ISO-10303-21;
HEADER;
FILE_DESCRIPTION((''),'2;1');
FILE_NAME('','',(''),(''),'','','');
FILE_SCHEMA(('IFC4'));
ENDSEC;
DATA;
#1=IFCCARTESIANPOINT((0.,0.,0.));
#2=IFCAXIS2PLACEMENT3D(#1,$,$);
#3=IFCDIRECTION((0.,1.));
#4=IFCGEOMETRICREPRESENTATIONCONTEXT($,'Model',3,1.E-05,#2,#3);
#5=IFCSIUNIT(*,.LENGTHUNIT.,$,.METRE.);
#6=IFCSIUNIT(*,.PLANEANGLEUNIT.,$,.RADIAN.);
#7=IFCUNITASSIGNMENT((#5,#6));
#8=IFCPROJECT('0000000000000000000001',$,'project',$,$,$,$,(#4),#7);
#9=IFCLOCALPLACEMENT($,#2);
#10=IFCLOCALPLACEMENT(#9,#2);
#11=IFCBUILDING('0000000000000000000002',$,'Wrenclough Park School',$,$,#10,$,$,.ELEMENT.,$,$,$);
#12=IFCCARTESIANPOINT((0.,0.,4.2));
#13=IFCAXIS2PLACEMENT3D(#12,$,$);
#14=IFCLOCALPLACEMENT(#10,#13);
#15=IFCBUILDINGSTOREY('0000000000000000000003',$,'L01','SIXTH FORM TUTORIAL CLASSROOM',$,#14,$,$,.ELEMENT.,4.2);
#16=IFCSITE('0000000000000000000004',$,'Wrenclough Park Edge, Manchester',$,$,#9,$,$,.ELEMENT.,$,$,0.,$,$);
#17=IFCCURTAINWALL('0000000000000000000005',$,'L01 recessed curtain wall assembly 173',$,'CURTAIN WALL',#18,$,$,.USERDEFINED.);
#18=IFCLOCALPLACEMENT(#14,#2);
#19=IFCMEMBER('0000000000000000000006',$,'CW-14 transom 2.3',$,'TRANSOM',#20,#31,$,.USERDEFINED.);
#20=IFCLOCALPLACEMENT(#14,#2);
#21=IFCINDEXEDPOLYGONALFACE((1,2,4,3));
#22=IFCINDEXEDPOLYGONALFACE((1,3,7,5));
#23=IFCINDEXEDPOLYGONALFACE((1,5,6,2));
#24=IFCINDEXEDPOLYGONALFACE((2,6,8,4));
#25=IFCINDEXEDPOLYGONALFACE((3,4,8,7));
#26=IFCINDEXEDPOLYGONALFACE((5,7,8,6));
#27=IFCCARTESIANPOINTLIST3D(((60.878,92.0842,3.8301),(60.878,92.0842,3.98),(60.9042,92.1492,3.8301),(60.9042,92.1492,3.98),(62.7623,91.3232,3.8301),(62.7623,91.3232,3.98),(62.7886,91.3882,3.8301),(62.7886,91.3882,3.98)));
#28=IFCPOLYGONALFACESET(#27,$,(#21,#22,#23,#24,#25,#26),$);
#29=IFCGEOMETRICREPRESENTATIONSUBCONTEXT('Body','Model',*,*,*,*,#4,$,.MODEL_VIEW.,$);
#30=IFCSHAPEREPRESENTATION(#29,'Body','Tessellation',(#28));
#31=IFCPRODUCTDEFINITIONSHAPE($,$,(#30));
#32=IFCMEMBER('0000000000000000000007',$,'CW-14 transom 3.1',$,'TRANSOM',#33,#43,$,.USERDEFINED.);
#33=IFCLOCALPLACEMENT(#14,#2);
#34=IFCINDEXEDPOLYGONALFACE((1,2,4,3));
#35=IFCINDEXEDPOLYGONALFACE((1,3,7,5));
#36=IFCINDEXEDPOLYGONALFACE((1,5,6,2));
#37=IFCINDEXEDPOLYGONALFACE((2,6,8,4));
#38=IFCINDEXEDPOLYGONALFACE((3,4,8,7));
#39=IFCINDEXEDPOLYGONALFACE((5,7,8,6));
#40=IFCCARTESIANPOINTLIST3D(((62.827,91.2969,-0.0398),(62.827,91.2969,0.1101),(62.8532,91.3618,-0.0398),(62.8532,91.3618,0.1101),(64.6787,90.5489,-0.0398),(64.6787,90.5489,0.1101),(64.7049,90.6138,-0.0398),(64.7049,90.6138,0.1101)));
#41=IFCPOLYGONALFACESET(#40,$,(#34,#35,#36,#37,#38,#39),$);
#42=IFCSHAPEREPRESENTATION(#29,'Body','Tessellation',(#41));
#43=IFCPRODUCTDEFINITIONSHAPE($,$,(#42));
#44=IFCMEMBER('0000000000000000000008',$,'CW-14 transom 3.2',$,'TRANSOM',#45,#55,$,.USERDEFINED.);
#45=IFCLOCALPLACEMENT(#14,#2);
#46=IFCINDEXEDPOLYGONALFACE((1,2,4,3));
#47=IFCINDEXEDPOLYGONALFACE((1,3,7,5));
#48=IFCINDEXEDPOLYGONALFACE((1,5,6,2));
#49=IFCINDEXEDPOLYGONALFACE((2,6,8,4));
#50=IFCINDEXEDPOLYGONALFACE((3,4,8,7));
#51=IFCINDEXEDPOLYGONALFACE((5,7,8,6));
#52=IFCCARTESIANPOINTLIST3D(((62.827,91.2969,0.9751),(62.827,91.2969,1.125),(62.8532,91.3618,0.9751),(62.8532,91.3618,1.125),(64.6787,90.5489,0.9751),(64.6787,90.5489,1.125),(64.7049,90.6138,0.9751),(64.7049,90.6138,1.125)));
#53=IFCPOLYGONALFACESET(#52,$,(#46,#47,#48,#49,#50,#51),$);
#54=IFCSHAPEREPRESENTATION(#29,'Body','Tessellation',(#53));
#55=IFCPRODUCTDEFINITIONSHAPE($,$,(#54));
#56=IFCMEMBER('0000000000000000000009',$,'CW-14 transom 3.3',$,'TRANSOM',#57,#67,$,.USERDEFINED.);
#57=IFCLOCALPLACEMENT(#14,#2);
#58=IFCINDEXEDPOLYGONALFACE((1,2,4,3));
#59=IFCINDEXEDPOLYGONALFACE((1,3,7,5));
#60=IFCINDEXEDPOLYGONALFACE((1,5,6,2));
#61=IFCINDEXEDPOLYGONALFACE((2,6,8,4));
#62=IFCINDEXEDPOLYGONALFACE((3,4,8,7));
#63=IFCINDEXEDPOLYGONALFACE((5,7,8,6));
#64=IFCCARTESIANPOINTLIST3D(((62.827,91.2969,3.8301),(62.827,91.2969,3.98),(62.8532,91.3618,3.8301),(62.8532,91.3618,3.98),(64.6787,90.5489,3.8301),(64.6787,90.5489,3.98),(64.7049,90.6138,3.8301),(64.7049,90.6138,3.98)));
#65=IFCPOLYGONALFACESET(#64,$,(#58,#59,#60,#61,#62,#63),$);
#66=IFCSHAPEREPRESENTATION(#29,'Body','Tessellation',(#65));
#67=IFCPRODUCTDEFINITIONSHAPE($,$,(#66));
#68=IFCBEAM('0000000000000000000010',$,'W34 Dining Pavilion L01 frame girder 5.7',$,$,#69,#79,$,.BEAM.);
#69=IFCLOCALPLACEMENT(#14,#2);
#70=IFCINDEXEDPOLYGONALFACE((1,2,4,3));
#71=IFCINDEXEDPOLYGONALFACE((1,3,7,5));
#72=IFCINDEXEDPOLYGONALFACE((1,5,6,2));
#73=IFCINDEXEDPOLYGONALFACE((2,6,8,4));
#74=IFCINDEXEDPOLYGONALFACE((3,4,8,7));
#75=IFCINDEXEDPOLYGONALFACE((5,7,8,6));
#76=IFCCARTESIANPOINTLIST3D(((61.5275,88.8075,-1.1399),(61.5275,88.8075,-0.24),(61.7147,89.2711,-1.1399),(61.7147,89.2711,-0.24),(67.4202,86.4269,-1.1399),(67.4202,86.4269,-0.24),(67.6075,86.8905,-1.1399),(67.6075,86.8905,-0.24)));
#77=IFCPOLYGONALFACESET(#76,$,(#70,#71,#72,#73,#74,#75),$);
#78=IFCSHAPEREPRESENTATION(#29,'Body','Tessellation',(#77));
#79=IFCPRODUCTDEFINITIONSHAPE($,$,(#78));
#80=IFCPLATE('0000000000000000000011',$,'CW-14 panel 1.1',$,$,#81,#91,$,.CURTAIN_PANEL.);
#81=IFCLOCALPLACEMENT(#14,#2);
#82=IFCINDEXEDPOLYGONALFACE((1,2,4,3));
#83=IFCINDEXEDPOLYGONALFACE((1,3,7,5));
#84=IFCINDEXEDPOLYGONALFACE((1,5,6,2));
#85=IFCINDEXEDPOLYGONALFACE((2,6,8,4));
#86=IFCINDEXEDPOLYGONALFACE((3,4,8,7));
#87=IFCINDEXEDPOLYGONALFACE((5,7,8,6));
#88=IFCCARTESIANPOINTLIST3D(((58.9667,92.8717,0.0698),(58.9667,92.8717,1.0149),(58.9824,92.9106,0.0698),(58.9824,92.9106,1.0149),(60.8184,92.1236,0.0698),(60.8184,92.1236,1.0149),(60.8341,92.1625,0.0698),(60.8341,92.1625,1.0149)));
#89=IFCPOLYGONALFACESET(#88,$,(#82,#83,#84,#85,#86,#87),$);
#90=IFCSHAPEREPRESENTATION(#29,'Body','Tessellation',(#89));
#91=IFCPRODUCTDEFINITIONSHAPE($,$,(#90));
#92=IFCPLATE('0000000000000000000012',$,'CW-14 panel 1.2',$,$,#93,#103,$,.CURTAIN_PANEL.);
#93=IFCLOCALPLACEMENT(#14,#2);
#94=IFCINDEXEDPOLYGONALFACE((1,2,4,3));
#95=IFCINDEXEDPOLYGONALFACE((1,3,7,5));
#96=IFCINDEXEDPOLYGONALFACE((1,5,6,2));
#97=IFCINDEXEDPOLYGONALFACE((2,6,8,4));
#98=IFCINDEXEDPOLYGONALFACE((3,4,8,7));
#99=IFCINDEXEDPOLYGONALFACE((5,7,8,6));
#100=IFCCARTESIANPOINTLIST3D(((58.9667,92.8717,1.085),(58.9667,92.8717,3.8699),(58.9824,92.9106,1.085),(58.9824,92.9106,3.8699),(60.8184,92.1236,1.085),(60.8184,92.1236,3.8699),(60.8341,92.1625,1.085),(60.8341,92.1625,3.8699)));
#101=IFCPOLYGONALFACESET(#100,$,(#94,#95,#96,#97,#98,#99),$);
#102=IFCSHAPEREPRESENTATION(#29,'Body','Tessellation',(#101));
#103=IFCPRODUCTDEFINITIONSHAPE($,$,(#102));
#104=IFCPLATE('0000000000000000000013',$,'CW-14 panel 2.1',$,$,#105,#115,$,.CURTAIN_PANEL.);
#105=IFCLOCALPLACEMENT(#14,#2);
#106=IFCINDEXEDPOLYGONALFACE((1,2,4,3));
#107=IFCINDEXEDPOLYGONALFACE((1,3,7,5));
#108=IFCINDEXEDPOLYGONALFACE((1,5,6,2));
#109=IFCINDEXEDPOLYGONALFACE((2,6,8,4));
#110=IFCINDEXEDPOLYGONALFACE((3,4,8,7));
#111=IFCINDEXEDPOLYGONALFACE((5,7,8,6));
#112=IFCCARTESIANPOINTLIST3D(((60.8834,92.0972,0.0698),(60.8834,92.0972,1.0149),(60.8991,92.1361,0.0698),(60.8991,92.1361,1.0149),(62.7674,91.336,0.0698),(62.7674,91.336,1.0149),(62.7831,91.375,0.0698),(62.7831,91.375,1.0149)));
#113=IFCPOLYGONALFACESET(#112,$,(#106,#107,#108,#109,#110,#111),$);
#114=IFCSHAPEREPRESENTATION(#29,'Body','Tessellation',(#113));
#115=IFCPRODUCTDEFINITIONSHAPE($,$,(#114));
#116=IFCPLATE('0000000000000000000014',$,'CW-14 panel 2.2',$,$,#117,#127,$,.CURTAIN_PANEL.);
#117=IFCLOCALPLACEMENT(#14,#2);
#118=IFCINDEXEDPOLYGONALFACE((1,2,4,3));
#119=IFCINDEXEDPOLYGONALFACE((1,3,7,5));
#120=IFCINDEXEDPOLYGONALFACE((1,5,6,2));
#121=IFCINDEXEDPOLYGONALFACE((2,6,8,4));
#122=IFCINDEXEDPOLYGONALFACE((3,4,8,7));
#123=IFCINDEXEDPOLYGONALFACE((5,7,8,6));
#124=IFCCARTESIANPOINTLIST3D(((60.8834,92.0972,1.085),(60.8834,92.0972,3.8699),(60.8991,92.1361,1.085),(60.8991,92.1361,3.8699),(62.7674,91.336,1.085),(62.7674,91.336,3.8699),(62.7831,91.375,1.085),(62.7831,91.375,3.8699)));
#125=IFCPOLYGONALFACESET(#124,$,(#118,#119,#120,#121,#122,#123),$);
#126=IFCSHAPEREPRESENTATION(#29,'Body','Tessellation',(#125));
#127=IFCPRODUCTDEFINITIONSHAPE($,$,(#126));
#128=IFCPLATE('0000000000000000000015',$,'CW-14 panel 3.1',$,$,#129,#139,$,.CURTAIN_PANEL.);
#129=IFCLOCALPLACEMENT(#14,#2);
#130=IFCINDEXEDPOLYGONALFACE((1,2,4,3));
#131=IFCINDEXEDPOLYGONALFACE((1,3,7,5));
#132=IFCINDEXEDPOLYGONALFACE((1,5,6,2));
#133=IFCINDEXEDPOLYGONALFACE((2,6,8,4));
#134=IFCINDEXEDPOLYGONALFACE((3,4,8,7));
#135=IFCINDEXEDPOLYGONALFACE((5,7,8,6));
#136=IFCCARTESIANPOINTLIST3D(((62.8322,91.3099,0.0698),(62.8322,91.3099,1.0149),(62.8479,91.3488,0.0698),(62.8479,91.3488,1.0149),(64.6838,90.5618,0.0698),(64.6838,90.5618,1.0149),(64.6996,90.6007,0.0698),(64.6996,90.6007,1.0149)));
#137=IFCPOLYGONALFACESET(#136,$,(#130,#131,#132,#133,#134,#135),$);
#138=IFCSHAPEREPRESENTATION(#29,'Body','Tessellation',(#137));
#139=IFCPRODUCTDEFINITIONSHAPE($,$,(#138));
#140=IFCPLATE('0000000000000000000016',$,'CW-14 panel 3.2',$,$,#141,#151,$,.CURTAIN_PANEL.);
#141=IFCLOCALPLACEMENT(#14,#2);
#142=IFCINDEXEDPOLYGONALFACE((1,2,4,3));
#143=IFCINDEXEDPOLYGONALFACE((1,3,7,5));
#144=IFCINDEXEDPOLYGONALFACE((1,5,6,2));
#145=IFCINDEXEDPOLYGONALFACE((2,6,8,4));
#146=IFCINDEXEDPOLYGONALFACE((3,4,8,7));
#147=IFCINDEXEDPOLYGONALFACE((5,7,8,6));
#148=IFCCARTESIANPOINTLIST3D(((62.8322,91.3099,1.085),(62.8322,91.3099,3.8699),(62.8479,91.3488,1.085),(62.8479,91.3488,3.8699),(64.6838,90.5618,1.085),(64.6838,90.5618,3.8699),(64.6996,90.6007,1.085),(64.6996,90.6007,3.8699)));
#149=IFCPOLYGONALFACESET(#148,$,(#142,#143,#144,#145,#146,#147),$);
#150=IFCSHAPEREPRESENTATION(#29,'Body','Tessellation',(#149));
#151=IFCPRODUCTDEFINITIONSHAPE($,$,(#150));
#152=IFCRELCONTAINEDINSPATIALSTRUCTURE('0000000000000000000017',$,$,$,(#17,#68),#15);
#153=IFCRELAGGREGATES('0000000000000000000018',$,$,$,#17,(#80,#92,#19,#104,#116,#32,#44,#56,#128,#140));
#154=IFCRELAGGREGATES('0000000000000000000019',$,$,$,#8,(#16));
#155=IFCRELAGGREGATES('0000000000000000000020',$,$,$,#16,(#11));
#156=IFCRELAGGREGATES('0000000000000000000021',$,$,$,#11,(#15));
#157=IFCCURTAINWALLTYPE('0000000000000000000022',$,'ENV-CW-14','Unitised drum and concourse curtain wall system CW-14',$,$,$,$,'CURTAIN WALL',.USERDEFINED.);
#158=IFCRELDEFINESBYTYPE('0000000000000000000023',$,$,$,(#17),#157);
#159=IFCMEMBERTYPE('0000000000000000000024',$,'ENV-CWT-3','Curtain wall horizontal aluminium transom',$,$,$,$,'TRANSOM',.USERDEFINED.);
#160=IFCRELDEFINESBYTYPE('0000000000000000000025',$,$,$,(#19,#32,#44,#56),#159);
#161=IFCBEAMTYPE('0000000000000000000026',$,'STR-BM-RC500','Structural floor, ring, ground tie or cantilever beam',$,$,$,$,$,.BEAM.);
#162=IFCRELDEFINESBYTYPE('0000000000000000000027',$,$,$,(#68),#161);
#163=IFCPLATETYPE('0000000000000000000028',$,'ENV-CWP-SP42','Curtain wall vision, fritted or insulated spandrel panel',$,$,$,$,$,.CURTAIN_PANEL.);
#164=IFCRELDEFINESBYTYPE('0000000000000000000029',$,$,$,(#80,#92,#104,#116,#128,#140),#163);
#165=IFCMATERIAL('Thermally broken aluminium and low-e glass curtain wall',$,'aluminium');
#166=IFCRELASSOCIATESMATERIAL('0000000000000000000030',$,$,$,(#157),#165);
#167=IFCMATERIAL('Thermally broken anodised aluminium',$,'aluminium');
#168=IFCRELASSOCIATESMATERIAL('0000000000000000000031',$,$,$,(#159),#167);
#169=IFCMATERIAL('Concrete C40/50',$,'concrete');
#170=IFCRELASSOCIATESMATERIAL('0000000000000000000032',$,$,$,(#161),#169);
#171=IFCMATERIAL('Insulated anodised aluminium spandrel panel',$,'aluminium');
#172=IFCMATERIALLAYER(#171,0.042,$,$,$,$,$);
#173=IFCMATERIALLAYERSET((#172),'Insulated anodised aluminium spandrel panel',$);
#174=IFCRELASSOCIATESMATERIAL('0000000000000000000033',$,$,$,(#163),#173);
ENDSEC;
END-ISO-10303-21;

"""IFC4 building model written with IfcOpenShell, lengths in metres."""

from ifc_helpers import new_model, si_unit, direction, frame, origin, origin_2d, place, context, subcontext, project, spatial, rectangle, extrude, material, layer, layer_set, material_profile, profile_set, type_object, element, aggregate, save


model = new_model("IFC4")

# Units and contexts
model_context = context("Model", 3, precision=1e-05, world=origin(), true_north=direction((0.0, 1.0)))
body_context = subcontext(model_context, "Body", "Model", "MODEL_VIEW")
ifc_project = project(units=[si_unit("LENGTHUNIT", "METRE"), si_unit("PLANEANGLEUNIT", "RADIAN")], contexts=[model_context])

# Site, building, storey
site_placement = place(None, origin())
site = spatial("IfcSite", under=ifc_project, at=site_placement, Name="Wrenclough Park Edge, Manchester", CompositionType="ELEMENT", RefElevation=0.0)
building_placement = place(site_placement, origin())
building = spatial("IfcBuilding", under=site, at=building_placement, Name="Wrenclough Park School", CompositionType="ELEMENT")
storey_placement = place(building_placement, frame((0.0, 0.0, 4.2)))
storey = spatial("IfcBuildingStorey", under=building, at=storey_placement, Name="L01", Description="SIXTH FORM TUTORIAL CLASSROOM", CompositionType="ELEMENT", Elevation=4.2)

# Curtain wall, members
ifc_material_1 = material(Name="Thermally broken aluminium and low-e glass curtain wall", Category="aluminium")
curtain_wall_type = type_object("IfcCurtainWallType", Name="ENV-CW-14", Description="Unitised drum and concourse curtain wall system CW-14", ElementType="CURTAIN WALL", PredefinedType="USERDEFINED", material=ifc_material_1)
curtain_wall_placement = place(storey_placement, origin())
curtain_wall = element("IfcCurtainWall", 1, at=curtain_wall_placement, inside=storey, type_object=curtain_wall_type, Name="L01 recessed curtain wall assembly 173", ObjectType="CURTAIN WALL", PredefinedType="USERDEFINED")
ifc_material_2 = material(Name="Thermally broken anodised aluminium", Category="aluminium")
ifc_material_profile_1 = material_profile(ifc_material_2, rectangle(XDim=0.0701, YDim=0.1499, at=origin_2d()), Name="AL TRANSOM 70x150")
ifc_profile_set_1 = profile_set([ifc_material_profile_1], Name="Thermally broken anodised aluminium")
member_type_1 = type_object("IfcMemberType", Name="ENV-CWT-3", Description="Curtain wall horizontal aluminium transom", ElementType="TRANSOM", PredefinedType="USERDEFINED", material=ifc_profile_set_1)
member_1_placement = place(storey_placement, frame((60.8911, 92.1167, 3.905), z_axis=(0.927237, -0.374475, 0.0), x_axis=(0.374475, 0.927237, 0.0)))
member_1 = element("IfcMember", 2, at=member_1_placement, type_object=member_type_1, Name="CW-14 transom 2.3", ObjectType="TRANSOM", PredefinedType="USERDEFINED", context=body_context, shape_type="SweptSolid", body=[
    extrude(rectangle(XDim=0.0701, YDim=0.1499, at=origin_2d()), origin(), (0.0, 0.0, 1.0), 2.0322),
])
member_2_placement = place(storey_placement, frame((62.8401, 91.3293, 0.0352), z_axis=(0.927207, -0.37455, 0.0), x_axis=(0.37455, 0.927207, 0.0)))
member_2 = element("IfcMember", 3, at=member_2_placement, type_object=member_type_1, Name="CW-14 transom 3.1", ObjectType="TRANSOM", PredefinedType="USERDEFINED", context=body_context, shape_type="SweptSolid", body=[
    extrude(rectangle(XDim=0.0701, YDim=0.1499, at=origin_2d()), origin(), (0.0, 0.0, 1.0), 1.9971),
])
member_3_placement = place(storey_placement, frame((62.8401, 91.3293, 1.05), z_axis=(0.927207, -0.37455, 0.0), x_axis=(0.37455, 0.927207, 0.0)))
member_3 = element("IfcMember", 4, at=member_3_placement, type_object=member_type_1, Name="CW-14 transom 3.2", ObjectType="TRANSOM", PredefinedType="USERDEFINED", context=body_context, shape_type="SweptSolid", body=[
    extrude(rectangle(XDim=0.0701, YDim=0.1499, at=origin_2d()), origin(), (0.0, 0.0, 1.0), 1.9971),
])
member_4_placement = place(storey_placement, frame((62.8401, 91.3293, 3.905), z_axis=(0.927207, -0.37455, 0.0), x_axis=(0.37455, 0.927207, 0.0)))
member_4 = element("IfcMember", 5, at=member_4_placement, type_object=member_type_1, Name="CW-14 transom 3.3", ObjectType="TRANSOM", PredefinedType="USERDEFINED", context=body_context, shape_type="SweptSolid", body=[
    extrude(rectangle(XDim=0.0701, YDim=0.1499, at=origin_2d()), origin(), (0.0, 0.0, 1.0), 1.9971),
])

# Beam
ifc_material_3 = material(Name="Concrete C40/50", Category="concrete")
ifc_material_profile_2 = material_profile(ifc_material_3, rectangle(XDim=0.5, YDim=0.8999, at=origin_2d()), Name="RC BEAM 500x900")
ifc_profile_set_2 = profile_set([ifc_material_profile_2], Name="Concrete C40/50")
beam_type = type_object("IfcBeamType", Name="STR-BM-RC500", Description="Structural floor, ring, ground tie or cantilever beam", PredefinedType="BEAM", material=ifc_profile_set_2)
beam_placement = place(storey_placement, frame((61.6211, 89.0393, -0.6899), z_axis=(0.927197, -0.374574, 0.0), x_axis=(0.374574, 0.927197, 0.0)))
element("IfcBeam", 6, at=beam_placement, inside=storey, type_object=beam_type, Name="W34 Dining Pavilion L01 frame girder 5.7", PredefinedType="BEAM", context=body_context, shape_type="SweptSolid", body=[
    extrude(rectangle(XDim=0.5, YDim=0.8999, at=origin_2d()), origin(), (0.0, 0.0, 1.0), 6.3555),
])

# Plates
ifc_material_4 = material(Name="Insulated anodised aluminium spandrel panel", Category="aluminium")
ifc_layer_1 = layer(ifc_material_4, 0.042)
ifc_layer_set_1 = layer_set([ifc_layer_1], Name="Insulated anodised aluminium spandrel panel")
plate_type = type_object("IfcPlateType", Name="ENV-CWP-SP42", Description="Curtain wall vision, fritted or insulated spandrel panel", PredefinedType="CURTAIN_PANEL", material=ifc_layer_set_1)
plate_1_placement = place(storey_placement, frame((59.9004, 92.5171, 0.0698), z_axis=(0.0, 0.0, 1.0), x_axis=(0.927189, -0.374593, 0.0)))
plate_1 = element("IfcPlate", 7, at=plate_1_placement, type_object=plate_type, Name="CW-14 panel 1.1", PredefinedType="CURTAIN_PANEL", context=body_context, shape_type="SweptSolid", body=[
    extrude(rectangle(XDim=1.9971, YDim=0.042, at=origin_2d()), origin(), (0.0, 0.0, 1.0), 0.9451),
])
plate_2_placement = place(storey_placement, frame((59.9004, 92.5171, 1.085), z_axis=(0.0, 0.0, 1.0), x_axis=(0.927189, -0.374593, 0.0)))
plate_2 = element("IfcPlate", 8, at=plate_2_placement, type_object=plate_type, Name="CW-14 panel 1.2", PredefinedType="CURTAIN_PANEL", context=body_context, shape_type="SweptSolid", body=[
    extrude(rectangle(XDim=1.9971, YDim=0.042, at=origin_2d()), origin(), (0.0, 0.0, 1.0), 2.7849),
])
plate_3_placement = place(storey_placement, frame((61.8333, 91.7361, 0.0698), z_axis=(0.0, 0.0, 1.0), x_axis=(0.927189, -0.374593, 0.0)))
plate_3 = element("IfcPlate", 9, at=plate_3_placement, type_object=plate_type, Name="CW-14 panel 2.1", PredefinedType="CURTAIN_PANEL", context=body_context, shape_type="SweptSolid", body=[
    extrude(rectangle(XDim=2.032, YDim=0.042, at=origin_2d()), origin(), (0.0, 0.0, 1.0), 0.9451),
])
plate_4_placement = place(storey_placement, frame((61.8333, 91.7361, 1.085), z_axis=(0.0, 0.0, 1.0), x_axis=(0.927189, -0.374593, 0.0)))
plate_4 = element("IfcPlate", 10, at=plate_4_placement, type_object=plate_type, Name="CW-14 panel 2.2", PredefinedType="CURTAIN_PANEL", context=body_context, shape_type="SweptSolid", body=[
    extrude(rectangle(XDim=2.032, YDim=0.042, at=origin_2d()), origin(), (0.0, 0.0, 1.0), 2.7849),
])
plate_5_placement = place(storey_placement, frame((63.7659, 90.9553, 0.0698), z_axis=(0.0, 0.0, 1.0), x_axis=(0.927189, -0.374593, 0.0)))
plate_5 = element("IfcPlate", 11, at=plate_5_placement, type_object=plate_type, Name="CW-14 panel 3.1", PredefinedType="CURTAIN_PANEL", context=body_context, shape_type="SweptSolid", body=[
    extrude(rectangle(XDim=1.9971, YDim=0.042, at=origin_2d()), origin(), (0.0, 0.0, 1.0), 0.9451),
])
plate_6_placement = place(storey_placement, frame((63.7659, 90.9553, 1.085), z_axis=(0.0, 0.0, 1.0), x_axis=(0.927189, -0.374593, 0.0)))
plate_6 = element("IfcPlate", 12, at=plate_6_placement, type_object=plate_type, Name="CW-14 panel 3.2", PredefinedType="CURTAIN_PANEL", context=body_context, shape_type="SweptSolid", body=[
    extrude(rectangle(XDim=1.9971, YDim=0.042, at=origin_2d()), origin(), (0.0, 0.0, 1.0), 2.7849),
])
aggregate(curtain_wall, [plate_1, plate_2, member_1, plate_3, plate_4, member_2, member_3, member_4, plate_5, plate_6])

save(model, "model.ifc")
